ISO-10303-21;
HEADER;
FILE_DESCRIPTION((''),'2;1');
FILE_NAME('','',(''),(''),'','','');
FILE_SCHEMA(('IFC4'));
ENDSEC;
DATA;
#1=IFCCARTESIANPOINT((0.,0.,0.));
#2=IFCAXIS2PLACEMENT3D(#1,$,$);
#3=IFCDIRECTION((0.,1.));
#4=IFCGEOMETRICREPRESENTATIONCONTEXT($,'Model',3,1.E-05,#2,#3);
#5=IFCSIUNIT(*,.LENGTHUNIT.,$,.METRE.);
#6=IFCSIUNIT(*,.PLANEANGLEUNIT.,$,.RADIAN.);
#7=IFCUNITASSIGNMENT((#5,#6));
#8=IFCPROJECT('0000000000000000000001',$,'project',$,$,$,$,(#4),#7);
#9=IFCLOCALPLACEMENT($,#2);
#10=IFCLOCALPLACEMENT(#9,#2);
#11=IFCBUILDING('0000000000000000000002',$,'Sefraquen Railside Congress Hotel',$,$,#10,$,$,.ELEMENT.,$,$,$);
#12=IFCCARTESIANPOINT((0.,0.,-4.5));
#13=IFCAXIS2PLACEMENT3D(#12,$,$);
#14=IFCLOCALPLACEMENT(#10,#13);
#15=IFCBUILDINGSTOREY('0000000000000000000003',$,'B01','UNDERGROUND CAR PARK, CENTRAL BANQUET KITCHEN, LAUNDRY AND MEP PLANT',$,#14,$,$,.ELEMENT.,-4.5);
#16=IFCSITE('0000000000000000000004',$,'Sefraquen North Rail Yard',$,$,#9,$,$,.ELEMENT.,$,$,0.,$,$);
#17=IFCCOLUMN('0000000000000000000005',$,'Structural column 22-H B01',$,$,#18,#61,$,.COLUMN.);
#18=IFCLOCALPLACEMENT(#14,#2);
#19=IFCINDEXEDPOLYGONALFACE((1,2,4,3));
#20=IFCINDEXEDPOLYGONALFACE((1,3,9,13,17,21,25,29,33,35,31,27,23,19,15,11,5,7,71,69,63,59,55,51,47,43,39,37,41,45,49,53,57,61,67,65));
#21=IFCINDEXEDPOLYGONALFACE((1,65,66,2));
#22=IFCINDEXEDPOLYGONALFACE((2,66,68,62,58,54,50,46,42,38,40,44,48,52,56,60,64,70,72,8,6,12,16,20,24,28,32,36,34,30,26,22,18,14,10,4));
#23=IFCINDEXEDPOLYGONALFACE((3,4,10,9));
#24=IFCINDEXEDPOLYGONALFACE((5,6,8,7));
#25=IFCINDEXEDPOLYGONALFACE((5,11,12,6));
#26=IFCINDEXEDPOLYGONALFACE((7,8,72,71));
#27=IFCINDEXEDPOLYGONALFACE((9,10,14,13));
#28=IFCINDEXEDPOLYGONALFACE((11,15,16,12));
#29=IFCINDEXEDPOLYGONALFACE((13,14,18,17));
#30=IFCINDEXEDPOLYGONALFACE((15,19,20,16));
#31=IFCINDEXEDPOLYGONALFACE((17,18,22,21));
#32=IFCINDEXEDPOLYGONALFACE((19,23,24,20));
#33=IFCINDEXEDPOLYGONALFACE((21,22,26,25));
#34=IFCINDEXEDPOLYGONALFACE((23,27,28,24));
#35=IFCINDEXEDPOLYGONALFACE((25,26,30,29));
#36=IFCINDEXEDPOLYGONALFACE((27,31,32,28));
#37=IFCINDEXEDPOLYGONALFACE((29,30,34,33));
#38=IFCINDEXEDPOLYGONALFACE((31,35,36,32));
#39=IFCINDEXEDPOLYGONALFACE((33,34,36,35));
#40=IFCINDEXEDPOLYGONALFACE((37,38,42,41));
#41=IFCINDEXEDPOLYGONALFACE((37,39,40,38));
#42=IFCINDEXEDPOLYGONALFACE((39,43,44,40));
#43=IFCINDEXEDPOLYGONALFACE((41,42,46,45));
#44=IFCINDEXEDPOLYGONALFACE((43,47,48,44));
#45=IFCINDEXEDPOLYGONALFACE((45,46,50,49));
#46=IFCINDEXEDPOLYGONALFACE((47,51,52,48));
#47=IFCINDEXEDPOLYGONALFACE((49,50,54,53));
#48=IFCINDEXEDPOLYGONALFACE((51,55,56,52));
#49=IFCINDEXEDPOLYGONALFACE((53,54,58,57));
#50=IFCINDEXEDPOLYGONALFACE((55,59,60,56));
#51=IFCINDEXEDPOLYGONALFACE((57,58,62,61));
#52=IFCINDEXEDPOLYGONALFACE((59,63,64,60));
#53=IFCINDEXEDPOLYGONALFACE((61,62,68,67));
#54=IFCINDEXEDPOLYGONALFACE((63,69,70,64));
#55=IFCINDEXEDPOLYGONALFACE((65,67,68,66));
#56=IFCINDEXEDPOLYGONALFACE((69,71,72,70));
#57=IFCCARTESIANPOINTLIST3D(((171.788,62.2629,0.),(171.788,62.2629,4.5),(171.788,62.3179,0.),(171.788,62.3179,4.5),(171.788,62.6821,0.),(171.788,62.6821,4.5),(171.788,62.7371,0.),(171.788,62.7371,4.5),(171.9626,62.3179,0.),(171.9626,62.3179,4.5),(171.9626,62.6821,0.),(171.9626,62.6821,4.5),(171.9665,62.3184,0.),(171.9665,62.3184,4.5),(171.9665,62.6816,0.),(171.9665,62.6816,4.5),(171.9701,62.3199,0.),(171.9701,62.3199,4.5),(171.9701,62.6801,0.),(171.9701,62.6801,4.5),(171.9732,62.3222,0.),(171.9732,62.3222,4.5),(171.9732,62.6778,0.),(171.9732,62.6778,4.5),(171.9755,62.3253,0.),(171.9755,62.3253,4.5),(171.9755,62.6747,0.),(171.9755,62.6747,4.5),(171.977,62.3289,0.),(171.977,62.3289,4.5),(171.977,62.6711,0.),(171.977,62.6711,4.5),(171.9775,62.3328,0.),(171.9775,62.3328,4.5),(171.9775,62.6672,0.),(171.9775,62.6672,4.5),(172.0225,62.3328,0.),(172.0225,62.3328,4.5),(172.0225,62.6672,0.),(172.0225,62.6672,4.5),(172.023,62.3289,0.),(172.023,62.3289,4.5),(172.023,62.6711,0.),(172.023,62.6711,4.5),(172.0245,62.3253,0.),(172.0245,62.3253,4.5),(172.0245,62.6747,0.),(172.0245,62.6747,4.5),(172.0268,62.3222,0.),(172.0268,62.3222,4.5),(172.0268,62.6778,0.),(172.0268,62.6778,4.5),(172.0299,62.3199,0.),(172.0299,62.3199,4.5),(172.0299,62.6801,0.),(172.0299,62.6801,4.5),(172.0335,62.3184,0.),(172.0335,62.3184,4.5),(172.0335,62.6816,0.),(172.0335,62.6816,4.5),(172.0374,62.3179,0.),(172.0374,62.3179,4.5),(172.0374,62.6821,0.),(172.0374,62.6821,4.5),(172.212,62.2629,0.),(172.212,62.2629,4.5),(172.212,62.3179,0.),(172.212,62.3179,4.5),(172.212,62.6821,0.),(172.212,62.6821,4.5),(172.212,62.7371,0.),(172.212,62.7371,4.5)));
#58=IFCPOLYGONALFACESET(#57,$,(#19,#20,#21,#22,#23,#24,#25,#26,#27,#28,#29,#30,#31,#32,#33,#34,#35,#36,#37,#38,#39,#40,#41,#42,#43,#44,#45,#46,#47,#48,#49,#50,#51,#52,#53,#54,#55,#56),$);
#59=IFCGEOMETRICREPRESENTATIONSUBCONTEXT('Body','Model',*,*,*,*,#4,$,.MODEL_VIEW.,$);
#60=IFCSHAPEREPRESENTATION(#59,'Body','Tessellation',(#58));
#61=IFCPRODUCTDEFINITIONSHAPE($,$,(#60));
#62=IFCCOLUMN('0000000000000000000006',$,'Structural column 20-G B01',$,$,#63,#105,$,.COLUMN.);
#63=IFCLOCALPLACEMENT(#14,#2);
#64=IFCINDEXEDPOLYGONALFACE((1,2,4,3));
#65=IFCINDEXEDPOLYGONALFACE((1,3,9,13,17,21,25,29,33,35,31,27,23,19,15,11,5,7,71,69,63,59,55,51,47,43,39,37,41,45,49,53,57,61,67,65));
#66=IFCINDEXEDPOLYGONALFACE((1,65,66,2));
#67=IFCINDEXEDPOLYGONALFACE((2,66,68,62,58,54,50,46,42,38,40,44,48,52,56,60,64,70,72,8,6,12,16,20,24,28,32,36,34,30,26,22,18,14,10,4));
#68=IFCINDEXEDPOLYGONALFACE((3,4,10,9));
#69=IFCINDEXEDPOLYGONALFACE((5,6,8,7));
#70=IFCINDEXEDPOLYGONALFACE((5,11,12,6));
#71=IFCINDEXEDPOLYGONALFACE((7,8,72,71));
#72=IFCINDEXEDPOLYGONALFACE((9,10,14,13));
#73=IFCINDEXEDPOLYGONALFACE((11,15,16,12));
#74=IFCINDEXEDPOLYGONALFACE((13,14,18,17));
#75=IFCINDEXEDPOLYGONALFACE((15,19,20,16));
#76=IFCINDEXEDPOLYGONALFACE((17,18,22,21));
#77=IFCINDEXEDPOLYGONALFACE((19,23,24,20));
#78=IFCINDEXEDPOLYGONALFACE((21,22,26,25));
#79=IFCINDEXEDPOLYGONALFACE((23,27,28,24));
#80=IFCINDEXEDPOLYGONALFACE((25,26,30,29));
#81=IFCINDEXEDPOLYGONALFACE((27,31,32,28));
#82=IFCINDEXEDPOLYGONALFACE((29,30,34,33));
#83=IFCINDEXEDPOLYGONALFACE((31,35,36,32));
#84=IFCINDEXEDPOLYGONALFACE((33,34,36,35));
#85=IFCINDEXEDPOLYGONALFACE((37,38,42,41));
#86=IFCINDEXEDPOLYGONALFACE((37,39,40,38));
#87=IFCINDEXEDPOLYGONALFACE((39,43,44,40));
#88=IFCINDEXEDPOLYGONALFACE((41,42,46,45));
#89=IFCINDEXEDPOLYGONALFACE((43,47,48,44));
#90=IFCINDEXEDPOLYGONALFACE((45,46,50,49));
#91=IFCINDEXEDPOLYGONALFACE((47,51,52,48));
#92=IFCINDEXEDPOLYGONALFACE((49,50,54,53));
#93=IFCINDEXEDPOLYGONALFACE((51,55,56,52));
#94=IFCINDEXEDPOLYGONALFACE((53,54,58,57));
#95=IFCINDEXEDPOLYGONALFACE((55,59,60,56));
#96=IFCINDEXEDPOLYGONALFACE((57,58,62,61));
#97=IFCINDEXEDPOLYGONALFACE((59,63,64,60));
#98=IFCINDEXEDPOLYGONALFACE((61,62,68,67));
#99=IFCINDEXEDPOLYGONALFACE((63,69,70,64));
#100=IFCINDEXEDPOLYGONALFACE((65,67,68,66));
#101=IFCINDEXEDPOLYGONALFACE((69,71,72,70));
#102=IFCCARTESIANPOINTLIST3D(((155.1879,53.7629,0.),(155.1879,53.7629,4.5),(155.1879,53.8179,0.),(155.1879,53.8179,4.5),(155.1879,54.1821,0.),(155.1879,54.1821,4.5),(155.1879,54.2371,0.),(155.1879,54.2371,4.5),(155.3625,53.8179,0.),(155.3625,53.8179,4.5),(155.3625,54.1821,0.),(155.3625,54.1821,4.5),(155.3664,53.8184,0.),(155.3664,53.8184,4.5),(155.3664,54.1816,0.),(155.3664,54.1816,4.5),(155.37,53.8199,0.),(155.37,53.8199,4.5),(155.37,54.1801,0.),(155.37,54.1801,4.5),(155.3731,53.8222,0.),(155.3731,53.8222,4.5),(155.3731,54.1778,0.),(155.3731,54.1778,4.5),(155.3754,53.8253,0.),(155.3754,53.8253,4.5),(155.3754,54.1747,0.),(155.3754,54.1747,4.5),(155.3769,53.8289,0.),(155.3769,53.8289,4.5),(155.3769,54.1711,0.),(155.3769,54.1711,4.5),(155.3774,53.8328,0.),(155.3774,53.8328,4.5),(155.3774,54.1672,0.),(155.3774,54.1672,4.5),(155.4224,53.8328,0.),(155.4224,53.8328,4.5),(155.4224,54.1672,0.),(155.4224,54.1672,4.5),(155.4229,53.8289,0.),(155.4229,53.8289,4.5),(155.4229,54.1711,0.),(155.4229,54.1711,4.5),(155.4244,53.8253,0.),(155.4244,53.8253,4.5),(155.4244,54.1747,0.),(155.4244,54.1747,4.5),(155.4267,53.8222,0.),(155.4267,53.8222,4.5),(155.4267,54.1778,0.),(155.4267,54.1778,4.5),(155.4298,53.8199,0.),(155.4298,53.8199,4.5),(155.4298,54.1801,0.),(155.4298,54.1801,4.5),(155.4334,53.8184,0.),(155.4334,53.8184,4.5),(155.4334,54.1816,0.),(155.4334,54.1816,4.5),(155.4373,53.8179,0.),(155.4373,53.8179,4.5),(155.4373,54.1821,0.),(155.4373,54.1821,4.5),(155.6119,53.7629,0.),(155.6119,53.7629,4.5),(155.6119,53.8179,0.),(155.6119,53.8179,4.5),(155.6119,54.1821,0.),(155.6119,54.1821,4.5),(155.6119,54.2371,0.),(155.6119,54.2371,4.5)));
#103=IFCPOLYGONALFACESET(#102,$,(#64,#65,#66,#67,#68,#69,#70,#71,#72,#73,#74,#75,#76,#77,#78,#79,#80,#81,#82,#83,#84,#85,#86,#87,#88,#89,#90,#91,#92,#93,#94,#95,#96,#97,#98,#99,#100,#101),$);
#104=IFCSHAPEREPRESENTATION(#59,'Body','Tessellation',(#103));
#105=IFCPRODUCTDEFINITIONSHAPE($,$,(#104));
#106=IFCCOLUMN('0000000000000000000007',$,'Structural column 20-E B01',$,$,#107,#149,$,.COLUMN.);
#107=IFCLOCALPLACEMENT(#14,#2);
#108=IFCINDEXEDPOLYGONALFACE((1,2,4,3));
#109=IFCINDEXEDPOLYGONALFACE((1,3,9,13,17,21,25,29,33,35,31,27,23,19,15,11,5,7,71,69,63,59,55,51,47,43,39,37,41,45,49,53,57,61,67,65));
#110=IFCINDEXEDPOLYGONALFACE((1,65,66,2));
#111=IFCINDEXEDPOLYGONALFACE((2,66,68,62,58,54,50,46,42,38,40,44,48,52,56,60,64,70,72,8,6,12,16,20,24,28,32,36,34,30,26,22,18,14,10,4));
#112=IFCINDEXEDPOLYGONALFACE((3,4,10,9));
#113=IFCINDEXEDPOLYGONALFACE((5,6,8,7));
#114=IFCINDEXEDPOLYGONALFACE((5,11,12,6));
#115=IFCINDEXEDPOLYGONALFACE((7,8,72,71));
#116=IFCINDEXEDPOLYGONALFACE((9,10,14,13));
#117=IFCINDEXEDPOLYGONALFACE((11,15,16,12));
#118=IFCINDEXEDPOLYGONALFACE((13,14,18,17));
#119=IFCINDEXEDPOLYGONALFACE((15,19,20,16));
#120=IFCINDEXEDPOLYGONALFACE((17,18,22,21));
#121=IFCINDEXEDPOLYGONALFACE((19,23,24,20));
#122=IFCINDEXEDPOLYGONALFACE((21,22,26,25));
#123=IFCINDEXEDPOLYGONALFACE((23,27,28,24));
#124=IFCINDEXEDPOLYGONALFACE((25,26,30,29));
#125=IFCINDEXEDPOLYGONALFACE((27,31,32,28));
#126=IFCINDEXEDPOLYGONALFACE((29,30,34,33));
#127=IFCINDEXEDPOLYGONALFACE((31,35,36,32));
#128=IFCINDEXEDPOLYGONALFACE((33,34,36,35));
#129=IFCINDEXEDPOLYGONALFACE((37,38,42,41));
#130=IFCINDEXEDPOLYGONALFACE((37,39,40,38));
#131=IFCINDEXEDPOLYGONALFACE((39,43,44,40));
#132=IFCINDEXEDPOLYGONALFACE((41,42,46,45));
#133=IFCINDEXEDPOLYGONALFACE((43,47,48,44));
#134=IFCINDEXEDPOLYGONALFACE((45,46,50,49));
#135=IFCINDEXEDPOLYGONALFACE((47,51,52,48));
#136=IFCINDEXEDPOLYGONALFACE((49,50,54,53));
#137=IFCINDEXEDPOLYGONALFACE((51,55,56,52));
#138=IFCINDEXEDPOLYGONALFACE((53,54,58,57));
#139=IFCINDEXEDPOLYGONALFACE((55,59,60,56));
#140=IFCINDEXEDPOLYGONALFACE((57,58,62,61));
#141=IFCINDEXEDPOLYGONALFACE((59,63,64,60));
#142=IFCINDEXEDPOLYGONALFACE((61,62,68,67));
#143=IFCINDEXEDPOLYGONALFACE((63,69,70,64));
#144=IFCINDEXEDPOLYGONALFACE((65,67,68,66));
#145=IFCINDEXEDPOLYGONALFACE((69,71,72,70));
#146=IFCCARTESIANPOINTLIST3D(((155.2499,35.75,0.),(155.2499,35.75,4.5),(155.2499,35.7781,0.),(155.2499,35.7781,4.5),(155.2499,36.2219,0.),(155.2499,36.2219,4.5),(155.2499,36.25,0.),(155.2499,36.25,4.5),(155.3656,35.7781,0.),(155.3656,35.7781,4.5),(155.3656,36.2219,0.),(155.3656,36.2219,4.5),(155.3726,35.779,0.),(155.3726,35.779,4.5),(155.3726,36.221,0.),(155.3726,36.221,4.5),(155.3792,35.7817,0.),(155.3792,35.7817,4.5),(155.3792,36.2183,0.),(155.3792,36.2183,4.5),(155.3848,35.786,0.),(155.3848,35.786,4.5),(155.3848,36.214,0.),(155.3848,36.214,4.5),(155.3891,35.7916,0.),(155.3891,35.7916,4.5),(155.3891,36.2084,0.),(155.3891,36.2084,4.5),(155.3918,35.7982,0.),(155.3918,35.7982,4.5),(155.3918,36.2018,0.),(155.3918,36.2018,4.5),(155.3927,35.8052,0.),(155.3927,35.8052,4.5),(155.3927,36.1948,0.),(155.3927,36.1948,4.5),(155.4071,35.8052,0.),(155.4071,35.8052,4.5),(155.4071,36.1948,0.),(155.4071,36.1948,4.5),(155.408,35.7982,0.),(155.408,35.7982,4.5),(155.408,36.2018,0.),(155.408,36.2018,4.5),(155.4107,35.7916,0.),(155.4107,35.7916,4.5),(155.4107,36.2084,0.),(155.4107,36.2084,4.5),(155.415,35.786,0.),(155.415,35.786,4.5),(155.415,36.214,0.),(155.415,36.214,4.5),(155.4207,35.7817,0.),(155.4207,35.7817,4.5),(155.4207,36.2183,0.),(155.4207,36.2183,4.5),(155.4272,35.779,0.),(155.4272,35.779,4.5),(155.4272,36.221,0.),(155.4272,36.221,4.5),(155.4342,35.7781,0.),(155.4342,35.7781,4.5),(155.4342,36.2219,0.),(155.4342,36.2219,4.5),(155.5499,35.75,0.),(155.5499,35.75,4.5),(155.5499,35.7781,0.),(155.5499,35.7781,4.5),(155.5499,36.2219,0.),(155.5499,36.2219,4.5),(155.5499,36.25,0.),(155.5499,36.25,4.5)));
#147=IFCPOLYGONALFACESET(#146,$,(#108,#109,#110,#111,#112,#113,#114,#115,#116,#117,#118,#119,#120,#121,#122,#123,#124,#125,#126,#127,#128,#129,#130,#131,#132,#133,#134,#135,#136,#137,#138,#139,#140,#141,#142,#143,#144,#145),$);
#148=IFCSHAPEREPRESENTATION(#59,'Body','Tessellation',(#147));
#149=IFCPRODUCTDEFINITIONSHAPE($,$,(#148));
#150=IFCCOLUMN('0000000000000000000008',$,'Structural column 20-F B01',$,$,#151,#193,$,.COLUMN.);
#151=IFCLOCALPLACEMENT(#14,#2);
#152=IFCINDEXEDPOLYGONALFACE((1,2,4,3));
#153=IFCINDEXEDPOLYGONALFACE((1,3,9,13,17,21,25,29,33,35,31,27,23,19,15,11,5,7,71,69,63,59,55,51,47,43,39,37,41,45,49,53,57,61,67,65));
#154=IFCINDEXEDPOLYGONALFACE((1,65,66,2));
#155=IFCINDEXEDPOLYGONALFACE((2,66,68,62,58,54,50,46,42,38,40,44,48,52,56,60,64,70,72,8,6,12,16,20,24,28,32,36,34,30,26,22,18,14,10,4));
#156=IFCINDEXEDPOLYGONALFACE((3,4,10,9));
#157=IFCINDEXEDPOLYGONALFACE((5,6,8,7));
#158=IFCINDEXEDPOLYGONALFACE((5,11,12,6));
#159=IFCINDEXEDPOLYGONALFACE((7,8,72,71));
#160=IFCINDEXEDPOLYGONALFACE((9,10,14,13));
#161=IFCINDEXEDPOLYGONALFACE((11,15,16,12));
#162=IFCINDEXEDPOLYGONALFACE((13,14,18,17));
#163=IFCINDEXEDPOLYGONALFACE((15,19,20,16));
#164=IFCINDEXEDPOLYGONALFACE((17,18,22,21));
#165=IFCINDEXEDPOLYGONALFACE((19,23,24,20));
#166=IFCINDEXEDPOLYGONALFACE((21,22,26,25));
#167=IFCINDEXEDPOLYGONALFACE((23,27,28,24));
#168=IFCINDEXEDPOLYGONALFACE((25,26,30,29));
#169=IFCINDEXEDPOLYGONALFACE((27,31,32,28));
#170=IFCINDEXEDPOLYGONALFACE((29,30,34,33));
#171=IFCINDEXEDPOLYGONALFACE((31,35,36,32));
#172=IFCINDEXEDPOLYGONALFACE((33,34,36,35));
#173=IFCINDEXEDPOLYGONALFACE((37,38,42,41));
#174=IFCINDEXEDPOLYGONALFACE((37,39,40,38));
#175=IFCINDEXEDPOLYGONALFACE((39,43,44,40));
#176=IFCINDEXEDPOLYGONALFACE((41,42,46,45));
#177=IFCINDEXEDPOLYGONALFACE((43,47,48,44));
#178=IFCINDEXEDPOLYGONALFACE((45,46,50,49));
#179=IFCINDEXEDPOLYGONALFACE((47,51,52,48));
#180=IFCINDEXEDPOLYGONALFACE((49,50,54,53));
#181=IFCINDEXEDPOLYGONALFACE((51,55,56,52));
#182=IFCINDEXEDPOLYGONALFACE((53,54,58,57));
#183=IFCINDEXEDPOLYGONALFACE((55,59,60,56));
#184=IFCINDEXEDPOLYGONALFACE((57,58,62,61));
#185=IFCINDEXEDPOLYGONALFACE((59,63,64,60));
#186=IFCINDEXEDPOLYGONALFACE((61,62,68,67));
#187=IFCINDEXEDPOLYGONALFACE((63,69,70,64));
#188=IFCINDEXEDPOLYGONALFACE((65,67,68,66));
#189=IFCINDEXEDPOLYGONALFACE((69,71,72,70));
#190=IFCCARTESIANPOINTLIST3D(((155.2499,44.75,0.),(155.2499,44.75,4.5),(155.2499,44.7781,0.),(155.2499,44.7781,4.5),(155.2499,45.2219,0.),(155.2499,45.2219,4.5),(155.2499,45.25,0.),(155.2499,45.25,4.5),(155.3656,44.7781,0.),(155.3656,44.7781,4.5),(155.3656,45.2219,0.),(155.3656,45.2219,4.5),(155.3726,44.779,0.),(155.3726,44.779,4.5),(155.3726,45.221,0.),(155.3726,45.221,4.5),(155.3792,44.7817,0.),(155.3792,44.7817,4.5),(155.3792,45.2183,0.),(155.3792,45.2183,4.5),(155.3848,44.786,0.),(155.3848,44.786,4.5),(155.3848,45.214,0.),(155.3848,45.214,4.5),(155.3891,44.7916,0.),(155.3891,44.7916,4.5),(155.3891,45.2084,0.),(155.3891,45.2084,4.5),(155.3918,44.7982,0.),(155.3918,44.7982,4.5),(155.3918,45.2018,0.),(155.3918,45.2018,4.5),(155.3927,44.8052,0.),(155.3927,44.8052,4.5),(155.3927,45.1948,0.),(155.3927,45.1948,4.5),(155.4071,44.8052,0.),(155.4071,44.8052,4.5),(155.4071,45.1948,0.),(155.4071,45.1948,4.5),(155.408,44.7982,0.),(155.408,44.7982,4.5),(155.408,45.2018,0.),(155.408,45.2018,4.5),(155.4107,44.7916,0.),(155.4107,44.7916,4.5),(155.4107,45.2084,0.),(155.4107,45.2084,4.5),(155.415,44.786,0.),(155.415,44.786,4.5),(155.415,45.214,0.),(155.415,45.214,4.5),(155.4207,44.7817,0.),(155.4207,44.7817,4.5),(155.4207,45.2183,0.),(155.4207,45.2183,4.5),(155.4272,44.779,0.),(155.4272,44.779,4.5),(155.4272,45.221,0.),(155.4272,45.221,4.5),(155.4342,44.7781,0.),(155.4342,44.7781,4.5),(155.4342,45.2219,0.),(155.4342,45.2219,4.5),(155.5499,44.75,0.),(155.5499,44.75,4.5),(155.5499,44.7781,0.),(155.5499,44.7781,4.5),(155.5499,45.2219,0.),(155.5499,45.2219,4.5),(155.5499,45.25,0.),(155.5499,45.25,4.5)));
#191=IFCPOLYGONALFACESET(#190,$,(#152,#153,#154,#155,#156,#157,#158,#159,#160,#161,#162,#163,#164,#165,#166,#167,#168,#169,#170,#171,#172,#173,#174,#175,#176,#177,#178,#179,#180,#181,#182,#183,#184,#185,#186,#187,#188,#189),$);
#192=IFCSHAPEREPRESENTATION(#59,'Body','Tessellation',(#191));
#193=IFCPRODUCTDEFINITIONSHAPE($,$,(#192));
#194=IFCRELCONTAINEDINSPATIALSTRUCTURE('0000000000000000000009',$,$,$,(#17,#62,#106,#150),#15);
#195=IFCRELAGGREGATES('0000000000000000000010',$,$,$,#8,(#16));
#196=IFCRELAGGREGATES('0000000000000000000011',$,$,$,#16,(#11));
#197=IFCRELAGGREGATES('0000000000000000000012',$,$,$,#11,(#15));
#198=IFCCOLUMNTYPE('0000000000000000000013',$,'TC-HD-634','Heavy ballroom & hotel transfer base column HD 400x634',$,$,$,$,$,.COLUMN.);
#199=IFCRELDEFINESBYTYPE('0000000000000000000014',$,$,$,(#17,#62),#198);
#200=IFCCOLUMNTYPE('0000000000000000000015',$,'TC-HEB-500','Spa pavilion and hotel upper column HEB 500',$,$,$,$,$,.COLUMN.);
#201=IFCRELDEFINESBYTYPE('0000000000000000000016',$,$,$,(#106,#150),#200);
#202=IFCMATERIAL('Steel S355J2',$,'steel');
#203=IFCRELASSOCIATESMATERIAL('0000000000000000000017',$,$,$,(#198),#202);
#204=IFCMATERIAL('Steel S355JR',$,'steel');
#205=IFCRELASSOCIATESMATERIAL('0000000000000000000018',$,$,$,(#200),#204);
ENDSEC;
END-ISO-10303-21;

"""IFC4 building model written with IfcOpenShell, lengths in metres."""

from ifc_helpers import new_model, si_unit, direction, frame, origin, origin_2d, place, context, subcontext, project, spatial, i_section, extrude, material, material_profile, profile_set, type_object, element, save


model = new_model("IFC4")

# Units and contexts
model_context = context("Model", 3, precision=1e-05, world=origin(), true_north=direction((0.0, 1.0)))
body_context = subcontext(model_context, "Body", "Model", "MODEL_VIEW")
ifc_project = project(units=[si_unit("LENGTHUNIT", "METRE"), si_unit("PLANEANGLEUNIT", "RADIAN")], contexts=[model_context])

# Site, building, storey
site_placement = place(None, origin())
site = spatial("IfcSite", under=ifc_project, at=site_placement, Name="Sefraquen North Rail Yard", CompositionType="ELEMENT", RefElevation=0.0)
building_placement = place(site_placement, origin())
building = spatial("IfcBuilding", under=site, at=building_placement, Name="Sefraquen Railside Congress Hotel", CompositionType="ELEMENT")
storey_placement = place(building_placement, frame((0.0, 0.0, -4.5)))
storey = spatial("IfcBuildingStorey", under=building, at=storey_placement, Name="B01", Description="UNDERGROUND CAR PARK, CENTRAL BANQUET KITCHEN, LAUNDRY AND MEP PLANT", CompositionType="ELEMENT", Elevation=-4.5)

# Columns
ifc_material_1 = material(Name="Steel S355J2", Category="steel")
ifc_material_profile_1 = material_profile(ifc_material_1, i_section(OverallWidth=0.4241, OverallDepth=0.4741, WebThickness=0.0449, FlangeThickness=0.0549, FilletRadius=0.0149, at=origin_2d()), Name="HD 400x634")
ifc_profile_set_1 = profile_set([ifc_material_profile_1], Name="Steel S355J2")
column_type_1 = type_object("IfcColumnType", Name="TC-HD-634", Description="Heavy ballroom & hotel transfer base column HD 400x634", PredefinedType="COLUMN", material=ifc_profile_set_1)
for number, where, z_axis, x_axis, name in (
    (1, (172.0, 62.5, 0.0), (0.0, 0.0, 1.0), (1.0, 0.0, 0.0), "Structural column 22-H B01"),
    (2, (155.3999, 54.0, 0.0), (0.0, 0.0, 1.0), (1.0, 0.0, 0.0), "Structural column 20-G B01"),
):
    element("IfcColumn", number, at=place(storey_placement, frame(where, z_axis=z_axis, x_axis=x_axis)), inside=storey, type_object=column_type_1, Name=name, PredefinedType="COLUMN", context=body_context, shape_type="SweptSolid", body=[
        extrude(i_section(OverallWidth=0.4241, OverallDepth=0.4741, WebThickness=0.0449, FlangeThickness=0.0549, FilletRadius=0.0149, at=origin_2d()), origin(), (0.0, 0.0, 1.0), 4.5),
    ])
ifc_material_2 = material(Name="Steel S355JR", Category="steel")
ifc_material_profile_2 = material_profile(ifc_material_2, i_section(OverallWidth=0.3, OverallDepth=0.5, WebThickness=0.0144, FlangeThickness=0.0281, FilletRadius=0.0271, at=origin_2d()), Name="HEB 500")
ifc_profile_set_2 = profile_set([ifc_material_profile_2], Name="Steel S355JR")
column_type_2 = type_object("IfcColumnType", Name="TC-HEB-500", Description="Spa pavilion and hotel upper column HEB 500", PredefinedType="COLUMN", material=ifc_profile_set_2)
for number, where, z_axis, x_axis, name in (
    (3, (155.3999, 36.0, 0.0), (0.0, 0.0, 1.0), (1.0, 0.0, 0.0), "Structural column 20-E B01"),
    (4, (155.3999, 45.0, 0.0), (0.0, 0.0, 1.0), (1.0, 0.0, 0.0), "Structural column 20-F B01"),
):
    element("IfcColumn", number, at=place(storey_placement, frame(where, z_axis=z_axis, x_axis=x_axis)), inside=storey, type_object=column_type_2, Name=name, PredefinedType="COLUMN", context=body_context, shape_type="SweptSolid", body=[
        extrude(i_section(OverallWidth=0.3, OverallDepth=0.5, WebThickness=0.0144, FlangeThickness=0.0281, FilletRadius=0.0271, at=origin_2d()), origin(), (0.0, 0.0, 1.0), 4.5),
    ])

save(model, "model.ifc")
